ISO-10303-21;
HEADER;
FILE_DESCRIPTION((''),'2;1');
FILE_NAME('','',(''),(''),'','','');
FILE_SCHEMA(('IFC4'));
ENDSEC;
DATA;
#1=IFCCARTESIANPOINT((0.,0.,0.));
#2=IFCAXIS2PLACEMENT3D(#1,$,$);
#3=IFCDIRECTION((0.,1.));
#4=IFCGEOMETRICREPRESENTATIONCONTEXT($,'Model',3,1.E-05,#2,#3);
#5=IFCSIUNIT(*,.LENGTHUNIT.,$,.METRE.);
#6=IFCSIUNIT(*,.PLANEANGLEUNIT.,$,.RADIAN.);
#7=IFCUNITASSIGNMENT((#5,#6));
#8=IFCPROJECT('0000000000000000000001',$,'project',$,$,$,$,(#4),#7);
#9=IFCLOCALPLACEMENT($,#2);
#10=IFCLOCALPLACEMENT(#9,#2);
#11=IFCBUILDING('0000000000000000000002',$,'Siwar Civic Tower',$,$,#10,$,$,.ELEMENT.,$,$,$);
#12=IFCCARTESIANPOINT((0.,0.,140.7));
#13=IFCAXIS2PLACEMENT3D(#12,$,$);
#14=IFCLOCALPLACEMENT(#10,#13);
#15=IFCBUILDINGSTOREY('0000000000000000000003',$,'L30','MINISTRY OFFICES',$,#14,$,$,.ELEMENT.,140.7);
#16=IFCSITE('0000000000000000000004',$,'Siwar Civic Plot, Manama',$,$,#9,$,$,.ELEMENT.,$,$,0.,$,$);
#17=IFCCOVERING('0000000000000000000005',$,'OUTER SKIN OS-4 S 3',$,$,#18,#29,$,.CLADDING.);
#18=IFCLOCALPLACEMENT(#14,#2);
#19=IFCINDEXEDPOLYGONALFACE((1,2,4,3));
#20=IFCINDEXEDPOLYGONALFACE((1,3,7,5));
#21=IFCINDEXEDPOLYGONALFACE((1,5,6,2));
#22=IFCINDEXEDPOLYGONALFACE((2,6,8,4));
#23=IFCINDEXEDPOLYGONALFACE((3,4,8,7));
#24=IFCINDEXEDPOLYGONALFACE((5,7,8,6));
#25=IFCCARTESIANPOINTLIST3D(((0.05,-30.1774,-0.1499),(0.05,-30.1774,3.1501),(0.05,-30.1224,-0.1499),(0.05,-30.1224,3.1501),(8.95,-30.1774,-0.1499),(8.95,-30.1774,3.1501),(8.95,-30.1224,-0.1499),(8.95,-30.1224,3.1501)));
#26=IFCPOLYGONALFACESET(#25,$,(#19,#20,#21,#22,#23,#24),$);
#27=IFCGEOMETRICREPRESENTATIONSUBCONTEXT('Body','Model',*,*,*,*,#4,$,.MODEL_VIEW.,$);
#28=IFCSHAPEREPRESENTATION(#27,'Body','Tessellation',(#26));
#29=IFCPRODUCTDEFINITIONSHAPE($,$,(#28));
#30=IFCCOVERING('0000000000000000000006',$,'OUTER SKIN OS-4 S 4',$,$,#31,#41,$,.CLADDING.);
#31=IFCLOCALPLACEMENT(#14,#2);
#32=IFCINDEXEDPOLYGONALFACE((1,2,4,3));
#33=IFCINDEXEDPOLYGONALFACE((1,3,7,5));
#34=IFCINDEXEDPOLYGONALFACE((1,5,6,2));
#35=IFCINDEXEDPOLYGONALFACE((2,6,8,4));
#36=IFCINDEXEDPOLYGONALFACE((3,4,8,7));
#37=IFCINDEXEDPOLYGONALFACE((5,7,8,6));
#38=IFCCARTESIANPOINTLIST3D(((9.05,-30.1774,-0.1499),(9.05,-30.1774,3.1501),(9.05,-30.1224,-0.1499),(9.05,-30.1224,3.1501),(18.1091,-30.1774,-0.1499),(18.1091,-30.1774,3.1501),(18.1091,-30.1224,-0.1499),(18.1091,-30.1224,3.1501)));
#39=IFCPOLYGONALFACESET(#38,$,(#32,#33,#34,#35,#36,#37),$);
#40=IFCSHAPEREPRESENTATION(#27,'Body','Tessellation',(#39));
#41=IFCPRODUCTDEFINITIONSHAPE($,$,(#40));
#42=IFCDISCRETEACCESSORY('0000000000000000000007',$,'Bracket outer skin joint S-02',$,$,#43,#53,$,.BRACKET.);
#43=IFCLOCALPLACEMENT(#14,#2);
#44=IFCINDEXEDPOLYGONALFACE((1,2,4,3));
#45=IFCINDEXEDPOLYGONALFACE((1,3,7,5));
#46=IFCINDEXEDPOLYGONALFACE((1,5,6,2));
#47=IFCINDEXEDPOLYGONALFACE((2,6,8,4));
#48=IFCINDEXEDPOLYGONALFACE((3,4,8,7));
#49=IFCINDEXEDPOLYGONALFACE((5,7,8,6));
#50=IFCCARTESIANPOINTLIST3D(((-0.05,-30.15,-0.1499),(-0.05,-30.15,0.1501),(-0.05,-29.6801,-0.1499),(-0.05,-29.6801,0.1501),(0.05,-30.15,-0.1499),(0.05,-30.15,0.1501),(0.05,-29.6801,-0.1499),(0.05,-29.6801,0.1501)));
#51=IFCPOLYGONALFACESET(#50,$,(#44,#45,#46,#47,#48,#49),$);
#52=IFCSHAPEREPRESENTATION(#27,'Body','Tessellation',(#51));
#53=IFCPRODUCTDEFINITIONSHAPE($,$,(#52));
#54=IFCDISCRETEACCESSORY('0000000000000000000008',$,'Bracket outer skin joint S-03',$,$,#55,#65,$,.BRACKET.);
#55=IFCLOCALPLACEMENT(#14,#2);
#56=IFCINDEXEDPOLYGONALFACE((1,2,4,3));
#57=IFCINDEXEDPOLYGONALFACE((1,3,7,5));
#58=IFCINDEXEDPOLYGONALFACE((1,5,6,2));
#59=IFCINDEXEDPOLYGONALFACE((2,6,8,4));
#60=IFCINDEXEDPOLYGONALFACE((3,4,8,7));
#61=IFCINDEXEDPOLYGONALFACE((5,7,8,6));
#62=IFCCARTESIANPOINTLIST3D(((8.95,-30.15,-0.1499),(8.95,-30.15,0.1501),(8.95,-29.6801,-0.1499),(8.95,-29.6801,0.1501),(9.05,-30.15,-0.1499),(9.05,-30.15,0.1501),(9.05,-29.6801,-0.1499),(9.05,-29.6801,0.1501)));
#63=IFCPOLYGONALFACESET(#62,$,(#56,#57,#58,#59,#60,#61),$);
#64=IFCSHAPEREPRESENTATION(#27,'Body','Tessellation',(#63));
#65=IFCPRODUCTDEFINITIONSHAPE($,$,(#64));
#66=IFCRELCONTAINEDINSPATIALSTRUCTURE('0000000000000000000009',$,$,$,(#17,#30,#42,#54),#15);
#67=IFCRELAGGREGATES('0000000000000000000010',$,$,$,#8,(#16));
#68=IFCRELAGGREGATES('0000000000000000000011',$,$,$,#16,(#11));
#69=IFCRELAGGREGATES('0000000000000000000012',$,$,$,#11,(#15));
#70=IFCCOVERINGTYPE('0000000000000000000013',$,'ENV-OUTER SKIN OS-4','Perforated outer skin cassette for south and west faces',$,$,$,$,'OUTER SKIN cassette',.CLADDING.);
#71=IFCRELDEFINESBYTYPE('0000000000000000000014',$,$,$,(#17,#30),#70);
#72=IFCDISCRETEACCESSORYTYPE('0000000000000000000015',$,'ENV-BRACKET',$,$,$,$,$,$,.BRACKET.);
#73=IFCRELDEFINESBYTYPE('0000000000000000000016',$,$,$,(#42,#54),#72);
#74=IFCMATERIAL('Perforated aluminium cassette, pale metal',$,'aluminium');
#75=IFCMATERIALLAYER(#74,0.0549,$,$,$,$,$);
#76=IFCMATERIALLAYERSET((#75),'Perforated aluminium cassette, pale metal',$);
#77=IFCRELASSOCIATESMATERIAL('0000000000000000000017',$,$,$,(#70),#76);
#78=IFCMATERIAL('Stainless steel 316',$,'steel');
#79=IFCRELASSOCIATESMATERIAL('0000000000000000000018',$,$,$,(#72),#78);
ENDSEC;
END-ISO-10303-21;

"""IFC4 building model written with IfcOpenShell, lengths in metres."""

from ifc_helpers import new_model, si_unit, direction, frame, origin, origin_2d, place, context, subcontext, project, spatial, rectangle, extrude, material, layer, layer_set, type_object, element, save


model = new_model("IFC4")

# Units and contexts
model_context = context("Model", 3, precision=1e-05, world=origin(), true_north=direction((0.0, 1.0)))
body_context = subcontext(model_context, "Body", "Model", "MODEL_VIEW")
ifc_project = project(units=[si_unit("LENGTHUNIT", "METRE"), si_unit("PLANEANGLEUNIT", "RADIAN")], contexts=[model_context])

# Site, building, storey
site_placement = place(None, origin())
site = spatial("IfcSite", under=ifc_project, at=site_placement, Name="Siwar Civic Plot, Manama", CompositionType="ELEMENT", RefElevation=0.0)
building_placement = place(site_placement, origin())
building = spatial("IfcBuilding", under=site, at=building_placement, Name="Siwar Civic Tower", CompositionType="ELEMENT")
storey_placement = place(building_placement, frame((0.0, 0.0, 140.7)))
storey = spatial("IfcBuildingStorey", under=building, at=storey_placement, Name="L30", Description="MINISTRY OFFICES", CompositionType="ELEMENT", Elevation=140.7)

# Coverings
ifc_material_1 = material(Name="Perforated aluminium cassette, pale metal", Category="aluminium")
ifc_layer_1 = layer(ifc_material_1, 0.0549)
ifc_layer_set_1 = layer_set([ifc_layer_1], Name="Perforated aluminium cassette, pale metal")
covering_type = type_object("IfcCoveringType", Name="ENV-OUTER SKIN OS-4", Description="Perforated outer skin cassette for south and west faces", ElementType="OUTER SKIN cassette", PredefinedType="CLADDING", material=ifc_layer_set_1)
covering_1_placement = place(storey_placement, frame((4.5, -30.1499, -0.1499), z_axis=(0.0, 0.0, 1.0), x_axis=(1.0, 0.0, 0.0)))
element("IfcCovering", 1, at=covering_1_placement, inside=storey, type_object=covering_type, Name="OUTER SKIN OS-4 S 3", PredefinedType="CLADDING", context=body_context, shape_type="SweptSolid", body=[
    extrude(rectangle(XDim=8.8999, YDim=0.0549, at=origin_2d()), origin(), (0.0, 0.0, 1.0), 3.3),
])
covering_2_placement = place(storey_placement, frame((13.5796, -30.1499, -0.1499), z_axis=(0.0, 0.0, 1.0), x_axis=(1.0, 0.0, 0.0)))
element("IfcCovering", 2, at=covering_2_placement, inside=storey, type_object=covering_type, Name="OUTER SKIN OS-4 S 4", PredefinedType="CLADDING", context=body_context, shape_type="SweptSolid", body=[
    extrude(rectangle(XDim=9.0591, YDim=0.0549, at=origin_2d()), origin(), (0.0, 0.0, 1.0), 3.3),
])

# Discrete accessories
ifc_material_2 = material(Name="Stainless steel 316", Category="steel")
discrete_accessory_type = type_object("IfcDiscreteAccessoryType", Name="ENV-BRACKET", PredefinedType="BRACKET", material=ifc_material_2)
for number, where, z_axis, x_axis, name in (
    (3, (0.0, -29.915, -0.1499), (0.0, 0.0, 1.0), (0.0, -1.0, 0.0), "Bracket outer skin joint S-02"),
    (4, (9.0, -29.915, -0.1499), (0.0, 0.0, 1.0), (0.0, -1.0, 0.0), "Bracket outer skin joint S-03"),
):
    element("IfcDiscreteAccessory", number, at=place(storey_placement, frame(where, z_axis=z_axis, x_axis=x_axis)), inside=storey, type_object=discrete_accessory_type, Name=name, PredefinedType="BRACKET", context=body_context, shape_type="SweptSolid", body=[
        extrude(rectangle(XDim=0.47, YDim=0.1001, at=origin_2d()), origin(), (0.0, 0.0, 1.0), 0.3),
    ])

save(model, "model.ifc")
